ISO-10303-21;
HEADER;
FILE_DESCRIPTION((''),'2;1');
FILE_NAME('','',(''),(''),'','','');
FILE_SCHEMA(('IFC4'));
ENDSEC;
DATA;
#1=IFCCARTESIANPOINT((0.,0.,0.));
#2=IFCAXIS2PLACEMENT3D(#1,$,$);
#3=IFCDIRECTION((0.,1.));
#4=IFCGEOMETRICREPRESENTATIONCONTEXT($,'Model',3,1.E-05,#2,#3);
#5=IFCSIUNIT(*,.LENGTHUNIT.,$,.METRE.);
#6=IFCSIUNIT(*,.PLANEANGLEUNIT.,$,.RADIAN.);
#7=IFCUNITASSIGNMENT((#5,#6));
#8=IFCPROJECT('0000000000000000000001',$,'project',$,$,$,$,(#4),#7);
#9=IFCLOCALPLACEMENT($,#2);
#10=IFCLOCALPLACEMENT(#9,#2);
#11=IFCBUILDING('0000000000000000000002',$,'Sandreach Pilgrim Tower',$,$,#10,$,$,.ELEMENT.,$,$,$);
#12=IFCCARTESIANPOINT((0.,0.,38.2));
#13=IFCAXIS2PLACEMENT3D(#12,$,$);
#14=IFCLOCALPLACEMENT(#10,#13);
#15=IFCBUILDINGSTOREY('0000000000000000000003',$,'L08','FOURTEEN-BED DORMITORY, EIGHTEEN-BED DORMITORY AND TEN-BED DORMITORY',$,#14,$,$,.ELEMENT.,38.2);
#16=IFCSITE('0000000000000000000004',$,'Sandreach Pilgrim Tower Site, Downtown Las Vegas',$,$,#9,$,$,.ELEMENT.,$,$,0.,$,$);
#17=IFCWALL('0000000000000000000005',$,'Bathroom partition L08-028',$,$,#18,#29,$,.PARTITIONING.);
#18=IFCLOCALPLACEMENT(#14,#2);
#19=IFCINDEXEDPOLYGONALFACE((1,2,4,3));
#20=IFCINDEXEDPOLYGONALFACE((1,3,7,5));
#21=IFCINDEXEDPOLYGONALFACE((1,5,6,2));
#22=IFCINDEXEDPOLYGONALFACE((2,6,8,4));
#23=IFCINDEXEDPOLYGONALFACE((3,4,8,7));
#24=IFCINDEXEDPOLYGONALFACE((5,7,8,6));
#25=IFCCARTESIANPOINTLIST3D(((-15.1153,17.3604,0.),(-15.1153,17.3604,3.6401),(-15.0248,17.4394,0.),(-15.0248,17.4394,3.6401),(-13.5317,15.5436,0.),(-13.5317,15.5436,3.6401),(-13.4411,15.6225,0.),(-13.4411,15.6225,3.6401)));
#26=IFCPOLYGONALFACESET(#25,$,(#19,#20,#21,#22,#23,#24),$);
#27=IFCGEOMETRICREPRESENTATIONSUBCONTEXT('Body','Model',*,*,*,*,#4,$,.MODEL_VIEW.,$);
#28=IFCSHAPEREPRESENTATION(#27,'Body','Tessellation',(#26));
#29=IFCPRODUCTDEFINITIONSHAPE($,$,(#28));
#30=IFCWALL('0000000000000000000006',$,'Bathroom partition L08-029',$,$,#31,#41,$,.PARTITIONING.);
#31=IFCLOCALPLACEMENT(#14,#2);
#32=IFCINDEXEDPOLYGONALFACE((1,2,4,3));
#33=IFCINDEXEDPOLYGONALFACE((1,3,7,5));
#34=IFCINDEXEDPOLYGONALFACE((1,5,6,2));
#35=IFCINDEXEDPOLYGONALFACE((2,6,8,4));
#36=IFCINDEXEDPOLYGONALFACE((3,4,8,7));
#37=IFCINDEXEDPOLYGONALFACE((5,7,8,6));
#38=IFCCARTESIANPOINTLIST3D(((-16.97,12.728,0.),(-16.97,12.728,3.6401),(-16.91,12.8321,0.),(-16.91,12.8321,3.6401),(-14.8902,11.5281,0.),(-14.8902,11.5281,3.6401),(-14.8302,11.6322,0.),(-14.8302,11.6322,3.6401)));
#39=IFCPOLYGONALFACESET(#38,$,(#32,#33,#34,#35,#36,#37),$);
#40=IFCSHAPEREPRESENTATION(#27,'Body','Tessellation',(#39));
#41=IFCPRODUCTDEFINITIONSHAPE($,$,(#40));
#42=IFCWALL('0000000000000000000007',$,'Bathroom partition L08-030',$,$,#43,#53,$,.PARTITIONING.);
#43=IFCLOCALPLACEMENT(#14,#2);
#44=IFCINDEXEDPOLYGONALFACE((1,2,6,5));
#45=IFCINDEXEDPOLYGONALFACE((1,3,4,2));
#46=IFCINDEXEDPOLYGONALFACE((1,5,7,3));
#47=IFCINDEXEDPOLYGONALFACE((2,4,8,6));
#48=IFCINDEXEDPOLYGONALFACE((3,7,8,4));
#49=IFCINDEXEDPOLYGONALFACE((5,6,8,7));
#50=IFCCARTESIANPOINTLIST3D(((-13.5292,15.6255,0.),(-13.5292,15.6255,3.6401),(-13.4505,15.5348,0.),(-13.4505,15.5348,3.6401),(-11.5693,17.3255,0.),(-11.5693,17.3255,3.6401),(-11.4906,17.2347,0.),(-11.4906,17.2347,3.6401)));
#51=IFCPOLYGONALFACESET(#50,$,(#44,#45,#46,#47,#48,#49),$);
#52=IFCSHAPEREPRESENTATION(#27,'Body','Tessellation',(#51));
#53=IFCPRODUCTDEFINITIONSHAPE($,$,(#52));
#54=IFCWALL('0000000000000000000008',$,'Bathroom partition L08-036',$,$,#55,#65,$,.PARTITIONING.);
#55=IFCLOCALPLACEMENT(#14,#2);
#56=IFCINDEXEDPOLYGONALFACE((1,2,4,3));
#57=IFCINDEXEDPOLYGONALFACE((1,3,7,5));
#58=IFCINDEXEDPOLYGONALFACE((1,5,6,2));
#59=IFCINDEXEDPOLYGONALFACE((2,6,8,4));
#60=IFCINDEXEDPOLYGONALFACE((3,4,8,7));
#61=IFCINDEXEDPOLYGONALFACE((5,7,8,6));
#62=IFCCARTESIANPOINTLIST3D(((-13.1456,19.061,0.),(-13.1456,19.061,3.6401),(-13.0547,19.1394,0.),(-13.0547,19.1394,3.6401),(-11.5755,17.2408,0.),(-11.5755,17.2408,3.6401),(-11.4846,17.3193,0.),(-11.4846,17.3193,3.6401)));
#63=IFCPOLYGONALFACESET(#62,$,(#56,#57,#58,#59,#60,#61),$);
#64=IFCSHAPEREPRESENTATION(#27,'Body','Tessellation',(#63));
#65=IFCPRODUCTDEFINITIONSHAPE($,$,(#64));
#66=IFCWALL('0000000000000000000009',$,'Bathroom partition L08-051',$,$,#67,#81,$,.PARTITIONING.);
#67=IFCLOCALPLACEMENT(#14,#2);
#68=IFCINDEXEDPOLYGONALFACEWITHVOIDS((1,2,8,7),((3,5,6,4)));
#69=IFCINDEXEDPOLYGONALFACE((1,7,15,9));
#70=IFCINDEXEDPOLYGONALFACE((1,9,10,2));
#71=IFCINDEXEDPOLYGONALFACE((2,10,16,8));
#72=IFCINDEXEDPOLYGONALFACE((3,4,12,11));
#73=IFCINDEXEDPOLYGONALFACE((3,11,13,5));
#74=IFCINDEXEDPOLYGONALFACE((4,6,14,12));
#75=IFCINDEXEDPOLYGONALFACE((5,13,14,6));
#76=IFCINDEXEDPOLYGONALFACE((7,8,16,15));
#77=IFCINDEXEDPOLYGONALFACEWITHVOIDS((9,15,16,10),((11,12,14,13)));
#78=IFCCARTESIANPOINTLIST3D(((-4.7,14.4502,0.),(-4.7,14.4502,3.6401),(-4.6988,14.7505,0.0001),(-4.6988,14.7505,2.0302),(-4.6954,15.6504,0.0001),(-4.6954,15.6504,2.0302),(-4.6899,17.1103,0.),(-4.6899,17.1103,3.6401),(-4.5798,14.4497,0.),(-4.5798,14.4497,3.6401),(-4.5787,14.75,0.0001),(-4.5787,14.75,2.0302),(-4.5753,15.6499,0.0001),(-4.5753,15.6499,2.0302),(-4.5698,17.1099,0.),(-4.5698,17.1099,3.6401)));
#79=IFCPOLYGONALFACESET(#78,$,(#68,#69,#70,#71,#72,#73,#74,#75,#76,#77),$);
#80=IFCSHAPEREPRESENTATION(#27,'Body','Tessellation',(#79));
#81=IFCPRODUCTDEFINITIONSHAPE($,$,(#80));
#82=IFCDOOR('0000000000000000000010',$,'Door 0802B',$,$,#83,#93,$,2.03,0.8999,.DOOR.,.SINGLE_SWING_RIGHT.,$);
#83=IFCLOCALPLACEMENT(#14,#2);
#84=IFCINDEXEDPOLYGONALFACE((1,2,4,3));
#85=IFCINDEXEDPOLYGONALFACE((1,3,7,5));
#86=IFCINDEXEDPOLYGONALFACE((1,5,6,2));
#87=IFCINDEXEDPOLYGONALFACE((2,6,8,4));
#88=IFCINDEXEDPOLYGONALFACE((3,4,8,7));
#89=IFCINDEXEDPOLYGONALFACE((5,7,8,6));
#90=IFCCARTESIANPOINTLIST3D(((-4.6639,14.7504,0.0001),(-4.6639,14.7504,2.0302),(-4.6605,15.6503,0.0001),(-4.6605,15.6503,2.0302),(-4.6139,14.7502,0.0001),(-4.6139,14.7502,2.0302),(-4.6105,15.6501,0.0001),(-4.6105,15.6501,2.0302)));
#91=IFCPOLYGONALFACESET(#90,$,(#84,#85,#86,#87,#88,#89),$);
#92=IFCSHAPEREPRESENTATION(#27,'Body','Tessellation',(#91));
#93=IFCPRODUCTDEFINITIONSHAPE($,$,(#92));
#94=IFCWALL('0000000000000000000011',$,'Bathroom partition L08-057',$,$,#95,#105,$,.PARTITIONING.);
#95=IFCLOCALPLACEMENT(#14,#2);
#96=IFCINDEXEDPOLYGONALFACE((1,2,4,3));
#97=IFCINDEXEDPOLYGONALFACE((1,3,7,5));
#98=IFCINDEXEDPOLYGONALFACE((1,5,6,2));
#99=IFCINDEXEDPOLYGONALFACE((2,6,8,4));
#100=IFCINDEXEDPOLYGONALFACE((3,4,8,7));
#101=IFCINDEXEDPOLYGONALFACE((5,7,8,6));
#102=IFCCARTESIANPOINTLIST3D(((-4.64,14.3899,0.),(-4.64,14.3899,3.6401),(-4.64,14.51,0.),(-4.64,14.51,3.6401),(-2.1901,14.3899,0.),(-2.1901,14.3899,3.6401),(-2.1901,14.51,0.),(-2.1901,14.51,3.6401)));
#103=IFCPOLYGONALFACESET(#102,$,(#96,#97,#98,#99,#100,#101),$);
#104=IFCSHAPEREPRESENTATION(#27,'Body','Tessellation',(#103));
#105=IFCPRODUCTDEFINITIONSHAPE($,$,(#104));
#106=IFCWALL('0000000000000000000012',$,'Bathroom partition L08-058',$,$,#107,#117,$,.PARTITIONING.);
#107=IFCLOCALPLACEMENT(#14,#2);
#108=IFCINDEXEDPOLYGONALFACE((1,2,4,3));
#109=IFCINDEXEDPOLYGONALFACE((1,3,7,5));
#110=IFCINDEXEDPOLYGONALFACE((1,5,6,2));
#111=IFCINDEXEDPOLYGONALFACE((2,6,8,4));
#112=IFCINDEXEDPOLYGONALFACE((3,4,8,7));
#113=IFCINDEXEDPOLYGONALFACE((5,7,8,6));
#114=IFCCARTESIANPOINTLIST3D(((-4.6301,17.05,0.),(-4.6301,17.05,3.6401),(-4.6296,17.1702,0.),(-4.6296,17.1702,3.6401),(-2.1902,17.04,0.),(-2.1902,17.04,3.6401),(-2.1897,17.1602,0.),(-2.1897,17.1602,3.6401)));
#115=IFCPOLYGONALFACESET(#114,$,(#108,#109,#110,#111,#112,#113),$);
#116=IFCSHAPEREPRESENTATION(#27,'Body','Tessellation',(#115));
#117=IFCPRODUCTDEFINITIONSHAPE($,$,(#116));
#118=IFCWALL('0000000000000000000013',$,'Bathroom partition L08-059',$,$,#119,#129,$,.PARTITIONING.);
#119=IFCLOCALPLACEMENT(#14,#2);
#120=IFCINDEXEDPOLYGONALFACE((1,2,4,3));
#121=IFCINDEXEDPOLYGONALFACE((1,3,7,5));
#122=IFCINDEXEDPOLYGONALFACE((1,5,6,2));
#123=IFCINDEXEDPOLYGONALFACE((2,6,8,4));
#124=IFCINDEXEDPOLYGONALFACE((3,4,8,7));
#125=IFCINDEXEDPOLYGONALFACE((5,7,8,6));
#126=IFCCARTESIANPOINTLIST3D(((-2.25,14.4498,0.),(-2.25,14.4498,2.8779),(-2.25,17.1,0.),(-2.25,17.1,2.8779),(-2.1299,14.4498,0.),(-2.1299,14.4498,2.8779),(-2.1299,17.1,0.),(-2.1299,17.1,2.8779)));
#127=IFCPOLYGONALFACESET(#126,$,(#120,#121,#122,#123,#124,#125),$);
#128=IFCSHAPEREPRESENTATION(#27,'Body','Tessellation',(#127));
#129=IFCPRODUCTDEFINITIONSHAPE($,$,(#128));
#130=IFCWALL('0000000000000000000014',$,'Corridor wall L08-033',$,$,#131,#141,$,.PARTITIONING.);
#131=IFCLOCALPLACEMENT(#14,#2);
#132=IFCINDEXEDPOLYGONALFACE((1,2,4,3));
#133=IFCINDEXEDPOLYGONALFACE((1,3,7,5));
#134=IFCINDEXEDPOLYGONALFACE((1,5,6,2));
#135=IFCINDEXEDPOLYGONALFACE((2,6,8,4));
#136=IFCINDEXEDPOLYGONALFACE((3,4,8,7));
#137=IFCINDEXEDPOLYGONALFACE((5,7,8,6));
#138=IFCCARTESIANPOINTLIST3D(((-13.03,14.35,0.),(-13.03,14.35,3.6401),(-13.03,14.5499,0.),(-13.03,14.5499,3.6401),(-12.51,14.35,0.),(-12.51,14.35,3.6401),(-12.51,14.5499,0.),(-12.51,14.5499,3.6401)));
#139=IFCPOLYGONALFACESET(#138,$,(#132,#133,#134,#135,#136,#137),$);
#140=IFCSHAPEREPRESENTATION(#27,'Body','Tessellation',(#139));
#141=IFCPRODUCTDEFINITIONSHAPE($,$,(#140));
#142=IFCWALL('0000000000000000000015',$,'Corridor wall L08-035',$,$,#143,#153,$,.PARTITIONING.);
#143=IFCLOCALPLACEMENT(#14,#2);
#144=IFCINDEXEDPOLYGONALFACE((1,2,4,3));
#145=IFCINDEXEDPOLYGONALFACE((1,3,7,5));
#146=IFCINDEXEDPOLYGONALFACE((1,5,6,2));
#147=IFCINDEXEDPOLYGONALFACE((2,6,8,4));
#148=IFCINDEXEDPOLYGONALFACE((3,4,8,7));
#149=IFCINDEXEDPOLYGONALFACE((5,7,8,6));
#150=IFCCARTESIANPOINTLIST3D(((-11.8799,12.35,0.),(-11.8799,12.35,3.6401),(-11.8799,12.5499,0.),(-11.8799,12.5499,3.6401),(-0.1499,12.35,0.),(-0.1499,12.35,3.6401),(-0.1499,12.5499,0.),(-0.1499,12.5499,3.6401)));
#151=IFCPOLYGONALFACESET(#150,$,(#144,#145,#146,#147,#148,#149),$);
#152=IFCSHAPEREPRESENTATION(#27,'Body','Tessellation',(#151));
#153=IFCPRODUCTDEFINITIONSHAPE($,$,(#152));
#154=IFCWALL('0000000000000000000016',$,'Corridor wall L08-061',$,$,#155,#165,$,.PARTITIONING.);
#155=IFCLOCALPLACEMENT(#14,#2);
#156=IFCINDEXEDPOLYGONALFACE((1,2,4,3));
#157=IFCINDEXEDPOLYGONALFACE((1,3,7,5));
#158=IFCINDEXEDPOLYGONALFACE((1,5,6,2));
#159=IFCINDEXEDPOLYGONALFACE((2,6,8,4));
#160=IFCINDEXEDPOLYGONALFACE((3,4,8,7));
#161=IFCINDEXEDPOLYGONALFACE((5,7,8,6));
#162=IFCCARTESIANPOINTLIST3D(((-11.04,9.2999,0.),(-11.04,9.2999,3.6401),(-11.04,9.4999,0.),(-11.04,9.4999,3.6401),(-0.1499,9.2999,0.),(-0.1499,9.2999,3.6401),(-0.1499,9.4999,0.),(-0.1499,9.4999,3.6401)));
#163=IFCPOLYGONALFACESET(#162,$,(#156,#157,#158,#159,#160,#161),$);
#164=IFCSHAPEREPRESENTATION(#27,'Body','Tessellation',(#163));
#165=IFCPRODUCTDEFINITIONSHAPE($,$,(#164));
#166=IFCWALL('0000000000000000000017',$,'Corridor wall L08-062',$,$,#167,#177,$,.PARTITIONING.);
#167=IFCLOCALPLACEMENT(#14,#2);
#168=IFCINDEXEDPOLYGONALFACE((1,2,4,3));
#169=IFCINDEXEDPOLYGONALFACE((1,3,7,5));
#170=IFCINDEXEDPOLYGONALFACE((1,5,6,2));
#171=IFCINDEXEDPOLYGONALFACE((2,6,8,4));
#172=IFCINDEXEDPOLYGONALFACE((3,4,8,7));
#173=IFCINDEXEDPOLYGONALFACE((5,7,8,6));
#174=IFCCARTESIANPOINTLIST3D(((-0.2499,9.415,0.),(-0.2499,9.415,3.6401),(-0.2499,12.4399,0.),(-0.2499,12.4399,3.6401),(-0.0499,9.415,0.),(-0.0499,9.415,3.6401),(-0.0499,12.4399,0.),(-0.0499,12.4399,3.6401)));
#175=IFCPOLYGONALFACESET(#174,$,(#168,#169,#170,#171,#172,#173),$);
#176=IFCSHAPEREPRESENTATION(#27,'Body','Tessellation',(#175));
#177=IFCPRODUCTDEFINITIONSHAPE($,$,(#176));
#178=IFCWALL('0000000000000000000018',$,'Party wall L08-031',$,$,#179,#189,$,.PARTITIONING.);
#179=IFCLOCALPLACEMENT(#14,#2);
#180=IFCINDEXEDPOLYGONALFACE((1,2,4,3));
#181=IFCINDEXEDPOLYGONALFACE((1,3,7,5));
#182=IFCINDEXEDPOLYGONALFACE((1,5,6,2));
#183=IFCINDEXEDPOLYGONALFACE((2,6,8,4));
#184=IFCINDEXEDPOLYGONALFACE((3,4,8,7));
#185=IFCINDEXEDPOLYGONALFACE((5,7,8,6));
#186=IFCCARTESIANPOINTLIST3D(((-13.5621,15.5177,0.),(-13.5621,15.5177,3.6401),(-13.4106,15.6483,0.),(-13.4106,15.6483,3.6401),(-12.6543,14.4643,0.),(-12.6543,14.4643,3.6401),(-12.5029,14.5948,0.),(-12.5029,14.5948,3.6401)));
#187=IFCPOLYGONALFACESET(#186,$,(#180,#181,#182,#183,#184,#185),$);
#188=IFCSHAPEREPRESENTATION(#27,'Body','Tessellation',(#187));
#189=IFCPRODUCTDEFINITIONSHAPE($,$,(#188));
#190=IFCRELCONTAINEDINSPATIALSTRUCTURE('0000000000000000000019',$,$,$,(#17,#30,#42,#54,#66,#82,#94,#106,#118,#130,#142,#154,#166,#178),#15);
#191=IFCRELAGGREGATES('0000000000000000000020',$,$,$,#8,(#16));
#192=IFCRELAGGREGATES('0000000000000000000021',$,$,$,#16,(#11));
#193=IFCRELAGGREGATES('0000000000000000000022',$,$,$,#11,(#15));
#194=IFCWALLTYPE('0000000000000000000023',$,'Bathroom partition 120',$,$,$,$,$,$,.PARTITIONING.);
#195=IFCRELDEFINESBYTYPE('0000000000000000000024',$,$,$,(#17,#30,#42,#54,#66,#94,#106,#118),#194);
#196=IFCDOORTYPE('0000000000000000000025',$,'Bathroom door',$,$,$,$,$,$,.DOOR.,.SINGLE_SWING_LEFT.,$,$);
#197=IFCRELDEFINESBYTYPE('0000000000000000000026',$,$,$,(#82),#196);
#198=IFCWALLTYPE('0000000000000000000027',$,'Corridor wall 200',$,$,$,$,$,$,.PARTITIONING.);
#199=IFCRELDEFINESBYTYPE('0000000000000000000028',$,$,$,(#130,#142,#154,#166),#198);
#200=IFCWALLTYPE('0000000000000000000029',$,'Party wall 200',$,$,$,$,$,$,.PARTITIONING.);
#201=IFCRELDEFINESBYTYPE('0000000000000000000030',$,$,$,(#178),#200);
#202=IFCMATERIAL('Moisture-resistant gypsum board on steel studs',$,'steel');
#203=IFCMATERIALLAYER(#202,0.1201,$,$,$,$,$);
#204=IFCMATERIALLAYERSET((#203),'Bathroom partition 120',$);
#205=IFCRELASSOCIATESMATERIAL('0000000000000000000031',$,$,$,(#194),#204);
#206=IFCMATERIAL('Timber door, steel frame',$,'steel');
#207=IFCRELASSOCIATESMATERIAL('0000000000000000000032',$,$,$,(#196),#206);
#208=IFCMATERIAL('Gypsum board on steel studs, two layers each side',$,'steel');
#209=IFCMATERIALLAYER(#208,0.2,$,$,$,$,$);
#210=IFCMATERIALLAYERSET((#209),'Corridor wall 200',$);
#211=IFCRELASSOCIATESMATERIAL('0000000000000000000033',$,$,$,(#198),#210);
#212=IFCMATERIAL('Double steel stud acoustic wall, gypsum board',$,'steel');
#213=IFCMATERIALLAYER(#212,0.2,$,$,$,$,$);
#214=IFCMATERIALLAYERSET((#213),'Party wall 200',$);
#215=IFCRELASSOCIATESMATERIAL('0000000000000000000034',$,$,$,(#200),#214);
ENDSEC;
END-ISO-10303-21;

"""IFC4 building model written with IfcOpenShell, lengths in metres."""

from ifc_helpers import new_model, si_unit, direction, frame, frame_2d, origin, place, context, subcontext, project, spatial, rectangle, extrude, material, layer, layer_set, type_object, element, fill, save


model = new_model("IFC4")

# Units and contexts
model_context = context("Model", 3, precision=1e-05, world=origin(), true_north=direction((0.0, 1.0)))
body_context = subcontext(model_context, "Body", "Model", "MODEL_VIEW")
ifc_project = project(units=[si_unit("LENGTHUNIT", "METRE"), si_unit("PLANEANGLEUNIT", "RADIAN")], contexts=[model_context])

# Site, building, storey
site_placement = place(None, origin())
site = spatial("IfcSite", under=ifc_project, at=site_placement, Name="Sandreach Pilgrim Tower Site, Downtown Las Vegas", CompositionType="ELEMENT", RefElevation=0.0)
building_placement = place(site_placement, origin())
building = spatial("IfcBuilding", under=site, at=building_placement, Name="Sandreach Pilgrim Tower", CompositionType="ELEMENT")
storey_placement = place(building_placement, frame((0.0, 0.0, 38.2)))
storey = spatial("IfcBuildingStorey", under=building, at=storey_placement, Name="L08", Description="FOURTEEN-BED DORMITORY, EIGHTEEN-BED DORMITORY AND TEN-BED DORMITORY", CompositionType="ELEMENT", Elevation=38.2)

# Walls
ifc_material_1 = material(Name="Moisture-resistant gypsum board on steel studs", Category="steel")
ifc_layer_1 = layer(ifc_material_1, 0.1201)
ifc_layer_set_1 = layer_set([ifc_layer_1], Name="Bathroom partition 120")
wall_type_1 = type_object("IfcWallType", Name="Bathroom partition 120", PredefinedType="PARTITIONING", material=ifc_layer_set_1)
wall_1_placement = place(storey_placement, frame((-15.0701, 17.3999, 0.0), z_axis=(0.0, 0.0, 1.0), x_axis=(0.657084, -0.753818, 0.0)))
element("IfcWall", 1, at=wall_1_placement, inside=storey, type_object=wall_type_1, Name="Bathroom partition L08-028", PredefinedType="PARTITIONING", context=body_context, shape_type="SweptSolid", body=[
    extrude(rectangle(XDim=2.4102, YDim=0.1201, at=frame_2d((1.2051, 0.0))), origin(), (0.0, 0.0, 1.0), 3.6401),
])
wall_2_placement = place(storey_placement, frame((-14.8601, 11.5801, 0.0), z_axis=(0.0, 0.0, 1.0), x_axis=(-0.866177, 0.499737, 0.0)))
element("IfcWall", 2, at=wall_2_placement, inside=storey, type_object=wall_type_1, Name="Bathroom partition L08-029", PredefinedType="PARTITIONING", context=body_context, shape_type="SweptSolid", body=[
    extrude(rectangle(XDim=2.4011, YDim=0.1201, at=frame_2d((1.2007, 0.0))), origin(), (0.0, 0.0, 1.0), 3.6401),
])
wall_3_placement = place(storey_placement, frame((-13.49, 15.5801, 0.0), z_axis=(0.0, 0.0, 1.0), x_axis=(0.755438, 0.655221, 0.0)))
element("IfcWall", 3, at=wall_3_placement, inside=storey, type_object=wall_type_1, Name="Bathroom partition L08-030", PredefinedType="PARTITIONING", context=body_context, shape_type="SweptSolid", body=[
    extrude(rectangle(XDim=2.5945, YDim=0.1201, at=frame_2d((1.2974, 0.0))), origin(), (0.0, 0.0, 1.0), 3.6401),
])
wall_4_placement = place(storey_placement, frame((-11.53, 17.28, 0.0), z_axis=(0.0, 0.0, 1.0), x_axis=(-0.653189, 0.757195, 0.0)))
element("IfcWall", 4, at=wall_4_placement, inside=storey, type_object=wall_type_1, Name="Bathroom partition L08-036", PredefinedType="PARTITIONING", context=body_context, shape_type="SweptSolid", body=[
    extrude(rectangle(XDim=2.4038, YDim=0.1201, at=frame_2d((1.2019, 0.0))), origin(), (0.0, 0.0, 1.0), 3.6401),
])

# Wall, opening, door
wall_5_placement = place(storey_placement, frame((-4.6299, 17.1101, 0.0), z_axis=(0.0, 0.0, 1.0), x_axis=(-0.003763, -0.999993, 0.0)))
wall_5 = element("IfcWall", 5, at=wall_5_placement, inside=storey, type_object=wall_type_1, Name="Bathroom partition L08-051", PredefinedType="PARTITIONING", context=body_context, shape_type="SweptSolid", body=[
    extrude(rectangle(XDim=2.6602, YDim=0.1201, at=frame_2d((1.3301, 0.0))), origin(), (0.0, 0.0, 1.0), 3.6401),
])
opening_1_placement = place(wall_5_placement, frame((1.46, 0.0, 0.0)))
opening_1 = element("IfcOpeningElement", 6, at=opening_1_placement, cuts=wall_5, PredefinedType="OPENING", context=body_context, shape_type="SweptSolid", body=[
    extrude(rectangle(XDim=0.8999, YDim=2.03, at=frame_2d((0.45, 1.0151))), frame((0.0, 0.0601, 0.0), z_axis=(0.0, -1.0, 0.0), x_axis=(1.0, 0.0, 0.0)), (0.0, 0.0, 1.0), 0.1201),
])
ifc_material_2 = material(Name="Timber door, steel frame", Category="steel")
door_type_1 = type_object("IfcDoorType", Name="Bathroom door", OperationType="SINGLE_SWING_LEFT", PredefinedType="DOOR", material=ifc_material_2)
door_1_placement = place(opening_1_placement, origin())
door_1 = element("IfcDoor", 7, at=door_1_placement, inside=storey, type_object=door_type_1, Name="Door 0802B", OperationType="SINGLE_SWING_RIGHT", OverallHeight=2.03, OverallWidth=0.8999, PredefinedType="DOOR", context=body_context, shape_type="SweptSolid", body=[
    extrude(rectangle(XDim=0.8999, YDim=2.03, at=frame_2d((0.45, 1.0151))), frame((0.0, 0.0249, 0.0), z_axis=(0.0, -1.0, 0.0), x_axis=(1.0, 0.0, 0.0)), (0.0, 0.0, 1.0), 0.05),
])
fill(opening_1, door_1)

# Walls
wall_6_placement = place(storey_placement, frame((-2.1899, 14.45, 0.0), z_axis=(0.0, 0.0, 1.0), x_axis=(-1.0, 0.0, 0.0)))
element("IfcWall", 8, at=wall_6_placement, inside=storey, type_object=wall_type_1, Name="Bathroom partition L08-057", PredefinedType="PARTITIONING", context=body_context, shape_type="SweptSolid", body=[
    extrude(rectangle(XDim=2.45, YDim=0.1201, at=frame_2d((1.2251, 0.0))), origin(), (0.0, 0.0, 1.0), 3.6401),
])
wall_7_placement = place(storey_placement, frame((-2.1899, 17.1001, 0.0), z_axis=(0.0, 0.0, 1.0), x_axis=(-0.999992, 0.004102, 0.0)))
element("IfcWall", 9, at=wall_7_placement, inside=storey, type_object=wall_type_1, Name="Bathroom partition L08-058", PredefinedType="PARTITIONING", context=body_context, shape_type="SweptSolid", body=[
    extrude(rectangle(XDim=2.4399, YDim=0.1201, at=frame_2d((1.22, 0.0))), origin(), (0.0, 0.0, 1.0), 3.6401),
])
wall_8_placement = place(storey_placement, frame((-2.1899, 17.1001, 0.0), z_axis=(0.0, 0.0, 1.0), x_axis=(0.0, -1.0, 0.0)))
element("IfcWall", 10, at=wall_8_placement, inside=storey, type_object=wall_type_1, Name="Bathroom partition L08-059", PredefinedType="PARTITIONING", context=body_context, shape_type="SweptSolid", body=[
    extrude(rectangle(XDim=2.6501, YDim=0.1201, at=frame_2d((1.3252, 0.0))), origin(), (0.0, 0.0, 1.0), 2.8779),
])
ifc_material_3 = material(Name="Gypsum board on steel studs, two layers each side", Category="steel")
ifc_layer_2 = layer(ifc_material_3, 0.2)
ifc_layer_set_2 = layer_set([ifc_layer_2], Name="Corridor wall 200")
wall_type_2 = type_object("IfcWallType", Name="Corridor wall 200", PredefinedType="PARTITIONING", material=ifc_layer_set_2)
wall_9_placement = place(storey_placement, frame((-12.51, 14.45, 0.0), z_axis=(0.0, 0.0, 1.0), x_axis=(-1.0, 0.0, 0.0)))
element("IfcWall", 11, at=wall_9_placement, inside=storey, type_object=wall_type_2, Name="Corridor wall L08-033", PredefinedType="PARTITIONING", context=body_context, shape_type="SweptSolid", body=[
    extrude(rectangle(XDim=0.52, YDim=0.2, at=frame_2d((0.26, 0.0))), origin(), (0.0, 0.0, 1.0), 3.6401),
])
wall_10_placement = place(storey_placement, frame((-11.8799, 12.45, 0.0), z_axis=(0.0, 0.0, 1.0), x_axis=(1.0, 0.0, 0.0)))
element("IfcWall", 12, at=wall_10_placement, inside=storey, type_object=wall_type_2, Name="Corridor wall L08-035", PredefinedType="PARTITIONING", context=body_context, shape_type="SweptSolid", body=[
    extrude(rectangle(XDim=11.73, YDim=0.2, at=frame_2d((5.865, 0.0))), origin(), (0.0, 0.0, 1.0), 3.6401),
])

# Walls
wall_11_placement = place(storey_placement, frame((-0.1499, 9.3999, 0.0), z_axis=(0.0, 0.0, 1.0), x_axis=(-1.0, 0.0, 0.0)))
element("IfcWall", 13, at=wall_11_placement, inside=storey, type_object=wall_type_2, Name="Corridor wall L08-061", PredefinedType="PARTITIONING", context=body_context, shape_type="SweptSolid", body=[
    extrude(rectangle(XDim=10.8901, YDim=0.2, at=frame_2d((5.4451, 0.0))), origin(), (0.0, 0.0, 1.0), 3.6401),
])
wall_12_placement = place(storey_placement, frame((-0.1499, 12.4399, 0.0), z_axis=(0.0, 0.0, 1.0), x_axis=(0.0, -1.0, 0.0)))
element("IfcWall", 14, at=wall_12_placement, inside=storey, type_object=wall_type_2, Name="Corridor wall L08-062", PredefinedType="PARTITIONING", context=body_context, shape_type="SweptSolid", body=[
    extrude(rectangle(XDim=3.0249, YDim=0.2, at=frame_2d((1.5125, 0.0))), origin(), (0.0, 0.0, 1.0), 3.6401),
])
ifc_material_4 = material(Name="Double steel stud acoustic wall, gypsum board", Category="steel")
ifc_layer_3 = layer(ifc_material_4, 0.2)
ifc_layer_set_3 = layer_set([ifc_layer_3], Name="Party wall 200")
wall_type_3 = type_object("IfcWallType", Name="Party wall 200", PredefinedType="PARTITIONING", material=ifc_layer_set_3)
wall_13_placement = place(storey_placement, frame((-13.4863, 15.583, 0.0), z_axis=(0.0, 0.0, 1.0), x_axis=(0.652756, -0.757569, 0.0)))
element("IfcWall", 15, at=wall_13_placement, inside=storey, type_object=wall_type_3, Name="Party wall L08-031", PredefinedType="PARTITIONING", context=body_context, shape_type="SweptSolid", body=[
    extrude(rectangle(XDim=1.3906, YDim=0.2, at=frame_2d((0.6953, 0.0))), origin(), (0.0, 0.0, 1.0), 3.6401),
])

save(model, "model.ifc")
